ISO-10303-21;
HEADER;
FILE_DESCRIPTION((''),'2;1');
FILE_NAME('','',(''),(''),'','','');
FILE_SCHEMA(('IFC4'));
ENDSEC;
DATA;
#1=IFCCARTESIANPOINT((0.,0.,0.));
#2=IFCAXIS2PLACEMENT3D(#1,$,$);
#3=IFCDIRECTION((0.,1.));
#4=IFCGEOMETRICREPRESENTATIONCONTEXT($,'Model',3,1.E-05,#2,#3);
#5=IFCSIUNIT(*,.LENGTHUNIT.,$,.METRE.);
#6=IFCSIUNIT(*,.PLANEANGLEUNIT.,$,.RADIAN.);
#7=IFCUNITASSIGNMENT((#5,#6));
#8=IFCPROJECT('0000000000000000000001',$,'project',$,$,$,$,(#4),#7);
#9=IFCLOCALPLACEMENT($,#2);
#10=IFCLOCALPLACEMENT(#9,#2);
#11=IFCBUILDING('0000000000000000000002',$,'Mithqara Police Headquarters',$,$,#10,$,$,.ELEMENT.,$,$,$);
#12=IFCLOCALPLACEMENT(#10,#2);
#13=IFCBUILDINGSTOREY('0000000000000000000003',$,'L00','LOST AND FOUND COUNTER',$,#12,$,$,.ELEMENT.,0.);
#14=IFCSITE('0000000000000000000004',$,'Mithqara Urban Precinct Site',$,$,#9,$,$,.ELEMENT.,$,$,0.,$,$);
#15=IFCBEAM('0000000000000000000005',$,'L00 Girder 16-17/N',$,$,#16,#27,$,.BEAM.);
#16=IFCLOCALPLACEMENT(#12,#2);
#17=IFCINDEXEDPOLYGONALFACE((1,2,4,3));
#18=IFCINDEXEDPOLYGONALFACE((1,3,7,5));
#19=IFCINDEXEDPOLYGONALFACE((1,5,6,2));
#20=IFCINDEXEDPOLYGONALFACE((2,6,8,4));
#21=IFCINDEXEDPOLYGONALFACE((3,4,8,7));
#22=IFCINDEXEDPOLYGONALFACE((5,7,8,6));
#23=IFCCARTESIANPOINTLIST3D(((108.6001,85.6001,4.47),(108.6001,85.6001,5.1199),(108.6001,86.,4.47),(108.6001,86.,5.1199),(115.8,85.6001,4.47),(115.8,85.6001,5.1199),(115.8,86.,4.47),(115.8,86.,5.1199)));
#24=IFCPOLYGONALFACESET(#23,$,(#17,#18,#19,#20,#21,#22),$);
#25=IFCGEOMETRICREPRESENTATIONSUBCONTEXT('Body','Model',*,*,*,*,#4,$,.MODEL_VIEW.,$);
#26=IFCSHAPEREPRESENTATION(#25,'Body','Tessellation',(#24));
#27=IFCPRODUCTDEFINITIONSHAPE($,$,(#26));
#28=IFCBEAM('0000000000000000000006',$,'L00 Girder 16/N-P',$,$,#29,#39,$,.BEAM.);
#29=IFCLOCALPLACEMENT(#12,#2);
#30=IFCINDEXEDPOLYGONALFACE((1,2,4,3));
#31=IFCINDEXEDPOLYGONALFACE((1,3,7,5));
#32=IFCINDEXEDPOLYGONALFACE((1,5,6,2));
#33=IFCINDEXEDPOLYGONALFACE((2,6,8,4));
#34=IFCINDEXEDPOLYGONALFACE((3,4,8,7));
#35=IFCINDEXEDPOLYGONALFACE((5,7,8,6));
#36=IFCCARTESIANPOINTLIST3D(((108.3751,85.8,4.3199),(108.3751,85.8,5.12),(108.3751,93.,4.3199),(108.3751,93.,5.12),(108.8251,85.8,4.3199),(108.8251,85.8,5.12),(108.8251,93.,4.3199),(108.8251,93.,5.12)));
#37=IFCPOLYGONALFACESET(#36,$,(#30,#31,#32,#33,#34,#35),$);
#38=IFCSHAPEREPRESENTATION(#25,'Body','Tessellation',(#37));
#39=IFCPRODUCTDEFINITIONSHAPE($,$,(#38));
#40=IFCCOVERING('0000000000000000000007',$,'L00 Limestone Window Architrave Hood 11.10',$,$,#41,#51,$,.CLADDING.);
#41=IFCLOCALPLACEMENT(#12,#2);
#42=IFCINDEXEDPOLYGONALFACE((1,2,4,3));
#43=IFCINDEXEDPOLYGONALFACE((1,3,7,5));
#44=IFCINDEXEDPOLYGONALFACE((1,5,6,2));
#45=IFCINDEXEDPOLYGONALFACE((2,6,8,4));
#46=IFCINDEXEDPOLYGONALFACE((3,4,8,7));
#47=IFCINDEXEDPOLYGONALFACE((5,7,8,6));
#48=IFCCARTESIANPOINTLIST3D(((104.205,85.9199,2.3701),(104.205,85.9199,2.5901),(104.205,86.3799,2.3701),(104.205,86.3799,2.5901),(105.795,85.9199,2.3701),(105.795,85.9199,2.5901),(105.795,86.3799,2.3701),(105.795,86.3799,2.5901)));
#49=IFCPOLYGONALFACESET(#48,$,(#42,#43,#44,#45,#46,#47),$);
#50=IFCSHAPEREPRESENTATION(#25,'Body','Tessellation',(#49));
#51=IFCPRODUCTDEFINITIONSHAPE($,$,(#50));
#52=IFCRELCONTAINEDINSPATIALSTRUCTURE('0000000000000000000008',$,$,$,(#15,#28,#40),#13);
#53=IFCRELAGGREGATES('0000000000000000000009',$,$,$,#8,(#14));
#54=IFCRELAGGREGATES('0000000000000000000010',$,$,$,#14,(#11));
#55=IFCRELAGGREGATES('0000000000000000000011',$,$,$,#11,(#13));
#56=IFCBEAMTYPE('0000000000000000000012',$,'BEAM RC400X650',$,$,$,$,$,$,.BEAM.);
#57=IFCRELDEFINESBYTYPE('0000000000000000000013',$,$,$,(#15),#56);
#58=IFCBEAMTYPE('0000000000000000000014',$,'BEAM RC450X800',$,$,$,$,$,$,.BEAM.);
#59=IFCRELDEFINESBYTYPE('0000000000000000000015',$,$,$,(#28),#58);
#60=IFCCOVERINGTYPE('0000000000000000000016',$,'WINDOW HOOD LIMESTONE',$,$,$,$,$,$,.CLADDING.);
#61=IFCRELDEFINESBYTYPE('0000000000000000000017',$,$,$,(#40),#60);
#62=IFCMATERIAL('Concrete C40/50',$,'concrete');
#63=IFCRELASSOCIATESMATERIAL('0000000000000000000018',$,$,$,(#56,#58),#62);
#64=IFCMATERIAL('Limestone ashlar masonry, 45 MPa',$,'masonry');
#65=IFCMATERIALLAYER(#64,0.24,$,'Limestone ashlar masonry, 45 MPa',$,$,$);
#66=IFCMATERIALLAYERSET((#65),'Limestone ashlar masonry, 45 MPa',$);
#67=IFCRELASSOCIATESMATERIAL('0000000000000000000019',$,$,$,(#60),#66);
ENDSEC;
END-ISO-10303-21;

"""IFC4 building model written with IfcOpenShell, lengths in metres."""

from ifc_helpers import new_model, si_unit, direction, frame, origin, origin_2d, place, context, subcontext, project, spatial, rectangle, extrude, material, layer, layer_set, material_profile, profile_set, type_object, element, save


model = new_model("IFC4")

# Units and contexts
model_context = context("Model", 3, precision=1e-05, world=origin(), true_north=direction((0.0, 1.0)))
body_context = subcontext(model_context, "Body", "Model", "MODEL_VIEW")
ifc_project = project(units=[si_unit("LENGTHUNIT", "METRE"), si_unit("PLANEANGLEUNIT", "RADIAN")], contexts=[model_context])

# Site, building, storey
site_placement = place(None, origin())
site = spatial("IfcSite", under=ifc_project, at=site_placement, Name="Mithqara Urban Precinct Site", CompositionType="ELEMENT", RefElevation=0.0)
building_placement = place(site_placement, origin())
building = spatial("IfcBuilding", under=site, at=building_placement, Name="Mithqara Police Headquarters", CompositionType="ELEMENT")
storey_placement = place(building_placement, origin())
storey = spatial("IfcBuildingStorey", under=building, at=storey_placement, Name="L00", Description="LOST AND FOUND COUNTER", CompositionType="ELEMENT", Elevation=0.0)

# Beams
ifc_material_1 = material(Name="Concrete C40/50", Category="concrete")
ifc_material_profile_1 = material_profile(ifc_material_1, rectangle(XDim=0.3999, YDim=0.6499, at=origin_2d()), Name="RC 400x650")
ifc_profile_set_1 = profile_set([ifc_material_profile_1], Name="Concrete C40/50")
beam_type_1 = type_object("IfcBeamType", Name="BEAM RC400X650", PredefinedType="BEAM", material=ifc_profile_set_1)
beam_1_placement = place(storey_placement, frame((108.6001, 85.8, 4.7949), z_axis=(1.0, 0.0, 0.0), x_axis=(0.0, 1.0, 0.0)))
element("IfcBeam", 1, at=beam_1_placement, inside=storey, type_object=beam_type_1, Name="L00 Girder 16-17/N", PredefinedType="BEAM", context=body_context, shape_type="SweptSolid", body=[
    extrude(rectangle(XDim=0.3999, YDim=0.6499, at=origin_2d()), origin(), (0.0, 0.0, 1.0), 7.2),
])
ifc_material_profile_2 = material_profile(ifc_material_1, rectangle(XDim=0.45, YDim=0.8, at=origin_2d()), Name="RC 450x800")
ifc_profile_set_2 = profile_set([ifc_material_profile_2], Name="Concrete C40/50")
beam_type_2 = type_object("IfcBeamType", Name="BEAM RC450X800", PredefinedType="BEAM", material=ifc_profile_set_2)
beam_2_placement = place(storey_placement, frame((108.6001, 85.8, 4.72), z_axis=(0.0, 1.0, 0.0), x_axis=(-1.0, 0.0, 0.0)))
element("IfcBeam", 2, at=beam_2_placement, inside=storey, type_object=beam_type_2, Name="L00 Girder 16/N-P", PredefinedType="BEAM", context=body_context, shape_type="SweptSolid", body=[
    extrude(rectangle(XDim=0.45, YDim=0.8, at=origin_2d()), origin(), (0.0, 0.0, 1.0), 7.2),
])

# Shared definitions
ifc_material_2 = material(Name="Limestone ashlar masonry, 45 MPa", Category="masonry")

# Covering
ifc_layer_1 = layer(ifc_material_2, 0.24, Name="Limestone ashlar masonry, 45 MPa")
ifc_layer_set_1 = layer_set([ifc_layer_1], Name="Limestone ashlar masonry, 45 MPa")
covering_type = type_object("IfcCoveringType", Name="WINDOW HOOD LIMESTONE", PredefinedType="CLADDING", material=ifc_layer_set_1)
covering_placement = place(storey_placement, frame((105.0, 86.1499, 2.3701), z_axis=(0.0, 0.0, 1.0), x_axis=(1.0, 0.0, 0.0)))
element("IfcCovering", 3, at=covering_placement, inside=storey, type_object=covering_type, Name="L00 Limestone Window Architrave Hood 11.10", PredefinedType="CLADDING", context=body_context, shape_type="SweptSolid", body=[
    extrude(rectangle(XDim=1.5901, YDim=0.46, at=origin_2d()), origin(), (0.0, 0.0, 1.0), 0.22),
])

save(model, "model.ifc")
